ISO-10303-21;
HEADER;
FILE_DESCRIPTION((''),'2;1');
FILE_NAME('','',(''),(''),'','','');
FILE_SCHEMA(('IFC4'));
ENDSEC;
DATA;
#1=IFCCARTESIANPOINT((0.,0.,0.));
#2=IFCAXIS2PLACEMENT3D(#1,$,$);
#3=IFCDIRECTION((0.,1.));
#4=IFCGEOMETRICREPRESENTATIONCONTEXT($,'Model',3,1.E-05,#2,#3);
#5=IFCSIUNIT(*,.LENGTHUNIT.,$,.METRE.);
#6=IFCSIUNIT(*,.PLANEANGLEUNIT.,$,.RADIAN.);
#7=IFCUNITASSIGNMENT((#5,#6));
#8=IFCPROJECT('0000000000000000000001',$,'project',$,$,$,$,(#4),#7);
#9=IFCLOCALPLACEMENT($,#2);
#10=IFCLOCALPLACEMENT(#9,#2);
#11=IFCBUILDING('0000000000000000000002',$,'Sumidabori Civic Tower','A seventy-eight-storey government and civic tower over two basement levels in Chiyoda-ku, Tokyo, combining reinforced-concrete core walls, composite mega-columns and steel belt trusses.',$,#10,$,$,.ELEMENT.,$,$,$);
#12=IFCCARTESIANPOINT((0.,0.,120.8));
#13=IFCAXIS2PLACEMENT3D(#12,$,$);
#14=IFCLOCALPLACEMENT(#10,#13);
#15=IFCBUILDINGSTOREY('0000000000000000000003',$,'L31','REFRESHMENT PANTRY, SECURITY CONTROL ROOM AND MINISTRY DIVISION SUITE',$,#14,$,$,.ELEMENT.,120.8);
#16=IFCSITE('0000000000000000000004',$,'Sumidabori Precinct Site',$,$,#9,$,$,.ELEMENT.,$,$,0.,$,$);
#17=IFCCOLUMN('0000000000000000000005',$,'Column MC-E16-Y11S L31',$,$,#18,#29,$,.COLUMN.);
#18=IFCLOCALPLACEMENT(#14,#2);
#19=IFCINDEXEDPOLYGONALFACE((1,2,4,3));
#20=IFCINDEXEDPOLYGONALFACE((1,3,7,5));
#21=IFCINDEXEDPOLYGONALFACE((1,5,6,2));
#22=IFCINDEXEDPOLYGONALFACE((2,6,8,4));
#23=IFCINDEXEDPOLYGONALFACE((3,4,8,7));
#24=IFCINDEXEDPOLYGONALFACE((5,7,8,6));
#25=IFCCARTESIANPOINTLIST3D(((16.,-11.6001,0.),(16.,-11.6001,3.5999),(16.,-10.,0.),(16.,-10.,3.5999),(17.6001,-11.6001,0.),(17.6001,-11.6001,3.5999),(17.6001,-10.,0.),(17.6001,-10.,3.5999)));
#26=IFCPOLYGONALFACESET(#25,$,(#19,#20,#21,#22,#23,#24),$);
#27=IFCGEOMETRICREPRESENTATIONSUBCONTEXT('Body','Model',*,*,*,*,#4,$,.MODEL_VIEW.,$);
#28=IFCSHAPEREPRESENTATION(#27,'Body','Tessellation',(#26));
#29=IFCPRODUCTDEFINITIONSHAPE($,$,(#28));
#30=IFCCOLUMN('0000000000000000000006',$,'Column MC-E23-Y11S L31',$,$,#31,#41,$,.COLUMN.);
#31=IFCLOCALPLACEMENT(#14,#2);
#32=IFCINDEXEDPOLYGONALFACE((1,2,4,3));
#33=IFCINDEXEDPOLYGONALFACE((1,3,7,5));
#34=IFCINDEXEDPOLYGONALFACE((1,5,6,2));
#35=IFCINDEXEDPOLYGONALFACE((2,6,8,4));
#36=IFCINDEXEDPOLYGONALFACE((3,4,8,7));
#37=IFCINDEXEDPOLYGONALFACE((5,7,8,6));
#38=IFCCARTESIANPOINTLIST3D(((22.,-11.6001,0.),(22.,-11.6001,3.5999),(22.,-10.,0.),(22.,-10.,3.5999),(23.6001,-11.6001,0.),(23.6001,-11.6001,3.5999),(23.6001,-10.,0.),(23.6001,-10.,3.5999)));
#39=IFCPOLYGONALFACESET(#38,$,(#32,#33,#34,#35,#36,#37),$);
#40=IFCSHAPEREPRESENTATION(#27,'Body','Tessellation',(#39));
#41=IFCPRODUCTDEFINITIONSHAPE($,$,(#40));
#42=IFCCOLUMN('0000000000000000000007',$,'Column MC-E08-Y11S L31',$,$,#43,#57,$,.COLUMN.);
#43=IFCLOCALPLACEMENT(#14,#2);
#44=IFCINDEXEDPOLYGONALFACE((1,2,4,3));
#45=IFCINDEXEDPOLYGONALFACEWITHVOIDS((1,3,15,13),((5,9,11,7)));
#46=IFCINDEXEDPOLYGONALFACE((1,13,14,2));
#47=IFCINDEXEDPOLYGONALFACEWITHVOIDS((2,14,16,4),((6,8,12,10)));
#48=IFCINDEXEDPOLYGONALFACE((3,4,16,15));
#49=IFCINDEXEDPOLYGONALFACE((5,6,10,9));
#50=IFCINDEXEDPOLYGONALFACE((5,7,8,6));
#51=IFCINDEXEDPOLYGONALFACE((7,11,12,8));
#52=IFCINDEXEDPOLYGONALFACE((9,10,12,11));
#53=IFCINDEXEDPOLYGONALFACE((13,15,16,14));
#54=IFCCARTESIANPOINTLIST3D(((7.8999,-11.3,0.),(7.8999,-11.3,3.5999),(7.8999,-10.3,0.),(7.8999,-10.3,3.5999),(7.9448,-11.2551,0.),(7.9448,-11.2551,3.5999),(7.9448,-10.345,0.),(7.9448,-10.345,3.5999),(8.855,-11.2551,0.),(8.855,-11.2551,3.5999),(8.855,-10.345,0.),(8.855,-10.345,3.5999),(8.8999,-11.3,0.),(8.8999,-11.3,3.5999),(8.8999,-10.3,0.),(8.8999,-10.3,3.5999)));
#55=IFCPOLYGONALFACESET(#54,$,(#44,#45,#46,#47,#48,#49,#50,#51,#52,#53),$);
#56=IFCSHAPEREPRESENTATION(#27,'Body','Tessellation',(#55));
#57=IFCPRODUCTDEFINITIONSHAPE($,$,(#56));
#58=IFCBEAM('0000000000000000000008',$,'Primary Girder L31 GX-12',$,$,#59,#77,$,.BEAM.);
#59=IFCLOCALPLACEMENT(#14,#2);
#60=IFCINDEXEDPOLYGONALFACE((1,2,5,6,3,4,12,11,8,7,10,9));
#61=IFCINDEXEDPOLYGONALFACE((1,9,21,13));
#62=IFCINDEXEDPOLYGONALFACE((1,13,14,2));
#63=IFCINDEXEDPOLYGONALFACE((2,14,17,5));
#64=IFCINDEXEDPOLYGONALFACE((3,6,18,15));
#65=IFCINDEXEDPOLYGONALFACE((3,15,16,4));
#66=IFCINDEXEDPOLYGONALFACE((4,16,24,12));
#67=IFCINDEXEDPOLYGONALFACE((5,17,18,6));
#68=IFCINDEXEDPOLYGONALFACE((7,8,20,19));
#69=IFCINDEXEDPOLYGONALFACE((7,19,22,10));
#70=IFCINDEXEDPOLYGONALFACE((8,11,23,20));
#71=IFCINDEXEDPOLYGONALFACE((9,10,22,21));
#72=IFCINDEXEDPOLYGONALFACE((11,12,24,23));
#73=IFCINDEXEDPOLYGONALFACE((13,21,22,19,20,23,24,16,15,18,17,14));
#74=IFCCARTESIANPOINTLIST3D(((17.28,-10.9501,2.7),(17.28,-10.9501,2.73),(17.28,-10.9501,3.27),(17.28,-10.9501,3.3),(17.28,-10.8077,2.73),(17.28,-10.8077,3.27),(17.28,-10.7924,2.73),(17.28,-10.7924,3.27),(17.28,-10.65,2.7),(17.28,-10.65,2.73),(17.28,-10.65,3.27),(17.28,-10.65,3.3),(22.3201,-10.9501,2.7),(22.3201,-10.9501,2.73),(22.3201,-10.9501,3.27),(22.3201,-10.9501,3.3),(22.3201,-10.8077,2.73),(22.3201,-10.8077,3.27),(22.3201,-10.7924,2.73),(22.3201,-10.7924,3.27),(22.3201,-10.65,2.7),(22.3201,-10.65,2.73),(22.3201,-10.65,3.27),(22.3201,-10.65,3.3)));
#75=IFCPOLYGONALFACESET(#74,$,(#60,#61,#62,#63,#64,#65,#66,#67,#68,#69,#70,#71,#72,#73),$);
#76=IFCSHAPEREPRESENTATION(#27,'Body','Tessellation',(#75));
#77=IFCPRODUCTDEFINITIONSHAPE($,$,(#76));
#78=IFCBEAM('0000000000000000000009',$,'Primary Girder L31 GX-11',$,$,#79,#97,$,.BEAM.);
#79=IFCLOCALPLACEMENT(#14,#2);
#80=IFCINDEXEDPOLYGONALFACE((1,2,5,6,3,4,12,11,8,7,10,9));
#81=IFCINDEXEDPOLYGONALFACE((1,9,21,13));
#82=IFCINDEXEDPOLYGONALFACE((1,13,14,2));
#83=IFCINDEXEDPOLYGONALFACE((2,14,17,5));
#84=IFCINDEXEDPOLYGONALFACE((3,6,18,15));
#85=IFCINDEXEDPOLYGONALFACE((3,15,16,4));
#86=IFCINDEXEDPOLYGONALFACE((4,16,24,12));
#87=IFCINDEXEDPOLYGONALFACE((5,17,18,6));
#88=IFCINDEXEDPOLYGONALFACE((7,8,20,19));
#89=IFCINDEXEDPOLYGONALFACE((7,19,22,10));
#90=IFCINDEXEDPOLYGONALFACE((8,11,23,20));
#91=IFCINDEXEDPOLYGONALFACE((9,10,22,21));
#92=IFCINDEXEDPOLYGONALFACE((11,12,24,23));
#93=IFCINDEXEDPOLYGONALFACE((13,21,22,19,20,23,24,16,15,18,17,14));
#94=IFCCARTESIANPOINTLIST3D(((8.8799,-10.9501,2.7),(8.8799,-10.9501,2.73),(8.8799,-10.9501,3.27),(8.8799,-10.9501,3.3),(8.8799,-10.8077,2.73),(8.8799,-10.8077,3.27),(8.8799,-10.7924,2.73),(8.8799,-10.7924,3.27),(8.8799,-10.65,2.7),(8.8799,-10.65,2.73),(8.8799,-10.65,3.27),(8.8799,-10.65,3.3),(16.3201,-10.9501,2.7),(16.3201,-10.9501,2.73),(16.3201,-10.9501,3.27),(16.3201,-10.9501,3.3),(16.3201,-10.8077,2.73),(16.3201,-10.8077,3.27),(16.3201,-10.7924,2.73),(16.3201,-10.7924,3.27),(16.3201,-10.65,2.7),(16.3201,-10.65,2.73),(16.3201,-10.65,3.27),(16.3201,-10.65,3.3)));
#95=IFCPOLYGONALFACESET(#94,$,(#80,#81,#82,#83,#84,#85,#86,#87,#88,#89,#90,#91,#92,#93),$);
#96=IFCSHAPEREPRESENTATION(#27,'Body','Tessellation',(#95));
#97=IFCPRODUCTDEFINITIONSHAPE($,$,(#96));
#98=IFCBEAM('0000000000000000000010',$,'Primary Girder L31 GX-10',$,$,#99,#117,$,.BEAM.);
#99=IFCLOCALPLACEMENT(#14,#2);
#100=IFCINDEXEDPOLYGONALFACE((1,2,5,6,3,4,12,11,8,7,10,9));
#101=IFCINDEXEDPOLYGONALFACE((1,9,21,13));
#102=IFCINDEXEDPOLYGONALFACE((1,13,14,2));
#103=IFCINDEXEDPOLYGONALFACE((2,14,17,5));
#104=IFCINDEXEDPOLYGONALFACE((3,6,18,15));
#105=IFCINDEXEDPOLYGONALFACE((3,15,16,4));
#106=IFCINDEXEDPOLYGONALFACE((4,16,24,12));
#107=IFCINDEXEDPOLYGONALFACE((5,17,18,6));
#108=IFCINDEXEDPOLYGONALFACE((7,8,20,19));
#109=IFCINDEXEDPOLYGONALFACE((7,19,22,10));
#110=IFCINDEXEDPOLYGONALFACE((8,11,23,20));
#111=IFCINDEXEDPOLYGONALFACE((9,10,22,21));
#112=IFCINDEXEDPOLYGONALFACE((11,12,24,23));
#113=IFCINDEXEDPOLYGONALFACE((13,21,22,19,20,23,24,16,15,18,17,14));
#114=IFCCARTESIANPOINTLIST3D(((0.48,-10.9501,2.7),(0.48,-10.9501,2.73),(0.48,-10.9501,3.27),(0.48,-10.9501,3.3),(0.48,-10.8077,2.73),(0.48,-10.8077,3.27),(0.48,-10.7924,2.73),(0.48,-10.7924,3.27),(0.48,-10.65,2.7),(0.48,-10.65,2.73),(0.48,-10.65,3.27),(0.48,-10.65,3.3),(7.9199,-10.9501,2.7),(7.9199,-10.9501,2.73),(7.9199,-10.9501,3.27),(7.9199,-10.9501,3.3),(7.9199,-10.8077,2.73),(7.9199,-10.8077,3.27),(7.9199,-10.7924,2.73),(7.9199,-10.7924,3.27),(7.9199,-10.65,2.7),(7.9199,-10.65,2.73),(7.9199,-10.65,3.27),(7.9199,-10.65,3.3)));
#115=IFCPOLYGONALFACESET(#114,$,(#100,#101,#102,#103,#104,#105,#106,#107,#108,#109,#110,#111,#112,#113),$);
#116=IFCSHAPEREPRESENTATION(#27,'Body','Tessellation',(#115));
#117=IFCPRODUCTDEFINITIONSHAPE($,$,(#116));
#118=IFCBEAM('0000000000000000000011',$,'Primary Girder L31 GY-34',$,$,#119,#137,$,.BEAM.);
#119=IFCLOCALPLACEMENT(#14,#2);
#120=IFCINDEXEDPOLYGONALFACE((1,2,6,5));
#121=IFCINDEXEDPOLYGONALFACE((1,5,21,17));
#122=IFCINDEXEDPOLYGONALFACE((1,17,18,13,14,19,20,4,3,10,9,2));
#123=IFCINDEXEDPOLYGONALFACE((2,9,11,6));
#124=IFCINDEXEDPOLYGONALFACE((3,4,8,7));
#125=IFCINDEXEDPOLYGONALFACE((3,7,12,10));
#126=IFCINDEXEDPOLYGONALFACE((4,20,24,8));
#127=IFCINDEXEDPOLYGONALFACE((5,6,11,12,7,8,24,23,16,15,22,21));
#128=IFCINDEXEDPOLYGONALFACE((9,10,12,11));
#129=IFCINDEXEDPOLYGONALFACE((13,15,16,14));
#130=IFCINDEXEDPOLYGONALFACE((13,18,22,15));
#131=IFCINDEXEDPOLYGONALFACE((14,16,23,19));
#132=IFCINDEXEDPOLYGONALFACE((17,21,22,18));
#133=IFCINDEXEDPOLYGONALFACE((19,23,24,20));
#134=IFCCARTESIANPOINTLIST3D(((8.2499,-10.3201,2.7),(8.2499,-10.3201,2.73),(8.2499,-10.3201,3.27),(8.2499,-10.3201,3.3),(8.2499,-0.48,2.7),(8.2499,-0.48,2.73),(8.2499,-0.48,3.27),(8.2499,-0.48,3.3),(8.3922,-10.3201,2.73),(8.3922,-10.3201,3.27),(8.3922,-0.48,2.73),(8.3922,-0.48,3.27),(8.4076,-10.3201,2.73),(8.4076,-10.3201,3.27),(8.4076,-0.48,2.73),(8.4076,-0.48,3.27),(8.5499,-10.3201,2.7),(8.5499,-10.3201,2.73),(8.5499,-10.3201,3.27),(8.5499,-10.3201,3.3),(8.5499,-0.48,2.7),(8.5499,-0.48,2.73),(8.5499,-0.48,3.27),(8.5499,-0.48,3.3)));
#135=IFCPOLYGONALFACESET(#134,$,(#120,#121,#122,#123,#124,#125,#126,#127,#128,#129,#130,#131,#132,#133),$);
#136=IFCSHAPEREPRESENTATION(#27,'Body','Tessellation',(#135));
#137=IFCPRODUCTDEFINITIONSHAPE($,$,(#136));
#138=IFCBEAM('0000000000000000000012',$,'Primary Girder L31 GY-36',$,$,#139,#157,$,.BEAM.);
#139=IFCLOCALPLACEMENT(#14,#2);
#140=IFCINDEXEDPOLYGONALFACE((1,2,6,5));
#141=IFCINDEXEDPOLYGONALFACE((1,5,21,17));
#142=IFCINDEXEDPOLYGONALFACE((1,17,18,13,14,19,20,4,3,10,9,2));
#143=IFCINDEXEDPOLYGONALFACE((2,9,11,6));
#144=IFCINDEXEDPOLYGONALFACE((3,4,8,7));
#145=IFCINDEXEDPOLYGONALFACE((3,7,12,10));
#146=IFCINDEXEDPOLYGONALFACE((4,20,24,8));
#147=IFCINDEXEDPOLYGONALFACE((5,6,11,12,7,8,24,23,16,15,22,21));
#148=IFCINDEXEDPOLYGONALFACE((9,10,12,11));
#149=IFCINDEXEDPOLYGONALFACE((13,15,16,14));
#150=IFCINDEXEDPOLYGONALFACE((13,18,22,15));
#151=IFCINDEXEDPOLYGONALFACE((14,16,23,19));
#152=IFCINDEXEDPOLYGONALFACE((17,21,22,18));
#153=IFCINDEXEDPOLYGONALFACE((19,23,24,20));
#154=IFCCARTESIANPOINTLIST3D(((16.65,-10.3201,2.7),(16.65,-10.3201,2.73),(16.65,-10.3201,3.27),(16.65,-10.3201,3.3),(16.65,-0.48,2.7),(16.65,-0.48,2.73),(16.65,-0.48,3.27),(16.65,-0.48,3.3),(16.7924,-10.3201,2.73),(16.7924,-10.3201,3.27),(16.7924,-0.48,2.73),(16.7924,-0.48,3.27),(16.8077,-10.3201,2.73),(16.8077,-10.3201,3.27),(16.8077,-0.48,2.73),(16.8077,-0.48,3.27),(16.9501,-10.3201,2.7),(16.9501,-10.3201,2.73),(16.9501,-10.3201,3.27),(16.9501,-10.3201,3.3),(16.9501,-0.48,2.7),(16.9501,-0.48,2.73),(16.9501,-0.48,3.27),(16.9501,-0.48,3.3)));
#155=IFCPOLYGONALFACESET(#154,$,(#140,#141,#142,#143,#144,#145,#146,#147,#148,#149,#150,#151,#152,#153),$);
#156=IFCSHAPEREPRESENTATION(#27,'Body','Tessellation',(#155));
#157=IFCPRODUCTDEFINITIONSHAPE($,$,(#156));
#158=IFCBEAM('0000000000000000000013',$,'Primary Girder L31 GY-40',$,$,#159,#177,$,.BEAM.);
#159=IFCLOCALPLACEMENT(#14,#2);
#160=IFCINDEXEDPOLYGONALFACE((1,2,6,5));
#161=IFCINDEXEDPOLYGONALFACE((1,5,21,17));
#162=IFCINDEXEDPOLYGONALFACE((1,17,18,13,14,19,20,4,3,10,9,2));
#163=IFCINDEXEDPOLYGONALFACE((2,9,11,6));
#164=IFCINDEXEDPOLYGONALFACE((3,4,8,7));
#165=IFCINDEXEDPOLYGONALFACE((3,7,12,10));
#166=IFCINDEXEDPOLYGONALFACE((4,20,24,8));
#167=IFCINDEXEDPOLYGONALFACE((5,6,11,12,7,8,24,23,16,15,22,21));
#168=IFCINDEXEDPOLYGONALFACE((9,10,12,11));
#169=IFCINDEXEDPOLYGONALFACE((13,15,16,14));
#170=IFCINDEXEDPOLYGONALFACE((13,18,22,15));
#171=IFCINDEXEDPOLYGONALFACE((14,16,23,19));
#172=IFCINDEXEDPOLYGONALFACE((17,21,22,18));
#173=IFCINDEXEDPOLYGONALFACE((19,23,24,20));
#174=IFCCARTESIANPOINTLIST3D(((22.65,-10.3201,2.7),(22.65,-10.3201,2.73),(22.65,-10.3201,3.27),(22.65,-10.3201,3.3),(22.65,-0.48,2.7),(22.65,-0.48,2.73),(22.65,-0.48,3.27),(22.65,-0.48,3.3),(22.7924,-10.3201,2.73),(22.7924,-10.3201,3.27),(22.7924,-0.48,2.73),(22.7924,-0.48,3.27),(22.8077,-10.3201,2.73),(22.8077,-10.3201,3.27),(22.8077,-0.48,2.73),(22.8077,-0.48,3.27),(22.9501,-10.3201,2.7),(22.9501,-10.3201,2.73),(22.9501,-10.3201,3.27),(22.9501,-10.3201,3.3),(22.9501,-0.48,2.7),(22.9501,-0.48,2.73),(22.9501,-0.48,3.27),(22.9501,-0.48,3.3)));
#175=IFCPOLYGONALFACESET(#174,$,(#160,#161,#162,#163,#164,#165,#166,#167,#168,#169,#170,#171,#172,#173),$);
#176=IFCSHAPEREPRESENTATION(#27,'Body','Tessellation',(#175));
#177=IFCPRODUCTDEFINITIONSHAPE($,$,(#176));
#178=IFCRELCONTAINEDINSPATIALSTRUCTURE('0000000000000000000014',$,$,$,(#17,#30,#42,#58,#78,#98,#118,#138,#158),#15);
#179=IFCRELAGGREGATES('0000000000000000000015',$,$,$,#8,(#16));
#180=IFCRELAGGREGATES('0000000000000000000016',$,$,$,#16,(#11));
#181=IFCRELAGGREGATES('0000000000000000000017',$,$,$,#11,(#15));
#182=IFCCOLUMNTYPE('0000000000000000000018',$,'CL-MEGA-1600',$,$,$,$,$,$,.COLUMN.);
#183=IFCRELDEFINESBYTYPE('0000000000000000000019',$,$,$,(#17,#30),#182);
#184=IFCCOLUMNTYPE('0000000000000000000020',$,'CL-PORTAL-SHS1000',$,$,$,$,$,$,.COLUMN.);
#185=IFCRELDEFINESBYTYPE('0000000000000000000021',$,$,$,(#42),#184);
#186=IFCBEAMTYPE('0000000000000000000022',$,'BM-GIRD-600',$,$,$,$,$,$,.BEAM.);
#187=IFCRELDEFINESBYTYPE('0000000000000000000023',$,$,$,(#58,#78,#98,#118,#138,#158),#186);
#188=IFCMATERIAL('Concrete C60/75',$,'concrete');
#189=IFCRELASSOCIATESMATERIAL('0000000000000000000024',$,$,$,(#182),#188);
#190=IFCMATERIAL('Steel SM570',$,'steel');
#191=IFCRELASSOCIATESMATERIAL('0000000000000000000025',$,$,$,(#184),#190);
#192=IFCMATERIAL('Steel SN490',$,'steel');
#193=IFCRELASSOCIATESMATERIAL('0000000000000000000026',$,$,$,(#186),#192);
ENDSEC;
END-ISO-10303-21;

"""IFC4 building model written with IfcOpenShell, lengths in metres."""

from ifc_helpers import new_model, si_unit, direction, frame, origin, origin_2d, place, context, subcontext, project, spatial, rectangle, hollow_rectangle, i_section, extrude, source, transform, mapped, material, material_profile, profile_set, type_object, element, save


model = new_model("IFC4")

# Units and contexts
model_context = context("Model", 3, precision=1e-05, world=origin(), true_north=direction((0.0, 1.0)))
body_context = subcontext(model_context, "Body", "Model", "MODEL_VIEW")
ifc_project = project(units=[si_unit("LENGTHUNIT", "METRE"), si_unit("PLANEANGLEUNIT", "RADIAN")], contexts=[model_context])

# Site, building, storey
site_placement = place(None, origin())
site = spatial("IfcSite", under=ifc_project, at=site_placement, Name="Sumidabori Precinct Site", CompositionType="ELEMENT", RefElevation=0.0)
building_placement = place(site_placement, origin())
building = spatial("IfcBuilding", under=site, at=building_placement, Name="Sumidabori Civic Tower", Description="A seventy-eight-storey government and civic tower over two basement levels in Chiyoda-ku, Tokyo, combining reinforced-concrete core walls, composite mega-columns and steel belt trusses.", CompositionType="ELEMENT")
storey_placement = place(building_placement, frame((0.0, 0.0, 120.8)))
storey = spatial("IfcBuildingStorey", under=building, at=storey_placement, Name="L31", Description="REFRESHMENT PANTRY, SECURITY CONTROL ROOM AND MINISTRY DIVISION SUITE", CompositionType="ELEMENT", Elevation=120.8)

# Columns
ifc_material_1 = material(Name="Concrete C60/75", Category="concrete")
ifc_material_profile_1 = material_profile(ifc_material_1, rectangle(XDim=1.6001, YDim=1.6001, at=origin_2d()), Name="RC 1600x1600")
ifc_profile_set_1 = profile_set([ifc_material_profile_1], Name="Concrete C60/75")
column_type_1 = type_object("IfcColumnType", Name="CL-MEGA-1600", PredefinedType="COLUMN", material=ifc_profile_set_1)
shared_shape_1 = source(origin(), body_context, "Body", "SweptSolid", [
    extrude(rectangle(XDim=1.6001, YDim=1.6001, at=origin_2d()), origin(), (0.0, 0.0, 1.0), 3.5999),
])
for number, where, z_axis, x_axis, name in (
    (1, (16.8, -10.8, 0.0), (0.0, 0.0, 1.0), (1.0, 0.0, 0.0), "Column MC-E16-Y11S L31"),
    (2, (22.8, -10.8, 0.0), (0.0, 0.0, 1.0), (1.0, 0.0, 0.0), "Column MC-E23-Y11S L31"),
):
    element("IfcColumn", number, at=place(storey_placement, frame(where, z_axis=z_axis, x_axis=x_axis)), inside=storey, type_object=column_type_1, Name=name, PredefinedType="COLUMN", context=body_context, shape_type="MappedRepresentation", body=[
        mapped(shared_shape_1, transform((0.0, 0.0, 0.0), x_axis=(1.0, 0.0, 0.0), y_axis=(0.0, 1.0, 0.0), z_axis=(0.0, 0.0, 1.0), scale=1.0)),
    ])
ifc_material_2 = material(Name="Steel SM570", Category="steel")
ifc_material_profile_2 = material_profile(ifc_material_2, hollow_rectangle(XDim=1.0, YDim=1.0, WallThickness=0.0449, at=origin_2d()), Name="SHS 1000x1000x45")
ifc_profile_set_2 = profile_set([ifc_material_profile_2], Name="Steel SM570")
column_type_2 = type_object("IfcColumnType", Name="CL-PORTAL-SHS1000", PredefinedType="COLUMN", material=ifc_profile_set_2)
shared_shape_2 = source(origin(), body_context, "Body", "SweptSolid", [
    extrude(hollow_rectangle(XDim=1.0, YDim=1.0, WallThickness=0.0449, at=origin_2d()), origin(), (0.0, 0.0, 1.0), 3.5999),
])
column_placement = place(storey_placement, frame((8.3999, -10.8, 0.0), z_axis=(0.0, 0.0, 1.0), x_axis=(1.0, 0.0, 0.0)))
element("IfcColumn", 3, at=column_placement, inside=storey, type_object=column_type_2, Name="Column MC-E08-Y11S L31", PredefinedType="COLUMN", context=body_context, shape_type="MappedRepresentation", body=[
    mapped(shared_shape_2, transform((0.0, 0.0, 0.0), x_axis=(1.0, 0.0, 0.0), y_axis=(0.0, 1.0, 0.0), z_axis=(0.0, 0.0, 1.0), scale=1.0)),
])

# Beams
ifc_material_3 = material(Name="Steel SN490", Category="steel")
ifc_material_profile_3 = material_profile(ifc_material_3, i_section(OverallWidth=0.3, OverallDepth=0.6001, WebThickness=0.0154, FlangeThickness=0.03, at=origin_2d()), Name="HE 600 B")
ifc_profile_set_3 = profile_set([ifc_material_profile_3], Name="Steel SN490")
beam_type_1 = type_object("IfcBeamType", Name="BM-GIRD-600", PredefinedType="BEAM", material=ifc_profile_set_3)
shared_shape_3 = source(origin(), body_context, "Body", "SweptSolid", [
    extrude(i_section(OverallWidth=0.3, OverallDepth=0.6001, WebThickness=0.0154, FlangeThickness=0.03, at=origin_2d()), origin(), (0.0, 0.0, 1.0), 5.04),
])
beam_1_placement = place(storey_placement, frame((17.28, -10.8, 3.0), z_axis=(1.0, 0.0, 0.0), x_axis=(0.0, 1.0, 0.0)))
element("IfcBeam", 4, at=beam_1_placement, inside=storey, type_object=beam_type_1, Name="Primary Girder L31 GX-12", PredefinedType="BEAM", context=body_context, shape_type="MappedRepresentation", body=[
    mapped(shared_shape_3, transform((0.0, 0.0, 0.0), x_axis=(1.0, 0.0, 0.0), y_axis=(0.0, 1.0, 0.0), z_axis=(0.0, 0.0, 1.0), scale=1.0)),
])
shared_shape_4 = source(origin(), body_context, "Body", "SweptSolid", [
    extrude(i_section(OverallWidth=0.3, OverallDepth=0.6001, WebThickness=0.0154, FlangeThickness=0.03, at=origin_2d()), origin(), (0.0, 0.0, 1.0), 7.4402),
])
beam_2_placement = place(storey_placement, frame((8.8799, -10.8, 3.0), z_axis=(1.0, 0.0, 0.0), x_axis=(0.0, 1.0, 0.0)))
element("IfcBeam", 5, at=beam_2_placement, inside=storey, type_object=beam_type_1, Name="Primary Girder L31 GX-11", PredefinedType="BEAM", context=body_context, shape_type="MappedRepresentation", body=[
    mapped(shared_shape_4, transform((0.0, 0.0, 0.0), x_axis=(1.0, 0.0, 0.0), y_axis=(0.0, 1.0, 0.0), z_axis=(0.0, 0.0, 1.0), scale=1.0)),
])
shared_shape_5 = source(origin(), body_context, "Body", "SweptSolid", [
    extrude(i_section(OverallWidth=0.3, OverallDepth=0.6001, WebThickness=0.0154, FlangeThickness=0.03, at=origin_2d()), origin(), (0.0, 0.0, 1.0), 7.4399),
])
beam_3_placement = place(storey_placement, frame((0.48, -10.8, 3.0), z_axis=(1.0, 0.0, 0.0), x_axis=(0.0, 1.0, 0.0)))
element("IfcBeam", 6, at=beam_3_placement, inside=storey, type_object=beam_type_1, Name="Primary Girder L31 GX-10", PredefinedType="BEAM", context=body_context, shape_type="MappedRepresentation", body=[
    mapped(shared_shape_5, transform((0.0, 0.0, 0.0), x_axis=(1.0, 0.0, 0.0), y_axis=(0.0, 1.0, 0.0), z_axis=(0.0, 0.0, 1.0), scale=1.0)),
])
shared_shape_6 = source(origin(), body_context, "Body", "SweptSolid", [
    extrude(i_section(OverallWidth=0.3, OverallDepth=0.6001, WebThickness=0.0154, FlangeThickness=0.03, at=origin_2d()), origin(), (0.0, 0.0, 1.0), 9.8401),
])
for number, where, z_axis, x_axis, name in (
    (7, (8.3999, -10.3201, 3.0), (0.0, 1.0, 0.0), (-1.0, 0.0, 0.0), "Primary Girder L31 GY-34"),
    (8, (16.8, -10.3201, 3.0), (0.0, 1.0, 0.0), (-1.0, 0.0, 0.0), "Primary Girder L31 GY-36"),
    (9, (22.8, -10.3201, 3.0), (0.0, 1.0, 0.0), (-1.0, 0.0, 0.0), "Primary Girder L31 GY-40"),
):
    element("IfcBeam", number, at=place(storey_placement, frame(where, z_axis=z_axis, x_axis=x_axis)), inside=storey, type_object=beam_type_1, Name=name, PredefinedType="BEAM", context=body_context, shape_type="MappedRepresentation", body=[
        mapped(shared_shape_6, transform((0.0, 0.0, 0.0), x_axis=(1.0, 0.0, 0.0), y_axis=(0.0, 1.0, 0.0), z_axis=(0.0, 0.0, 1.0), scale=1.0)),
    ])

save(model, "model.ifc")
